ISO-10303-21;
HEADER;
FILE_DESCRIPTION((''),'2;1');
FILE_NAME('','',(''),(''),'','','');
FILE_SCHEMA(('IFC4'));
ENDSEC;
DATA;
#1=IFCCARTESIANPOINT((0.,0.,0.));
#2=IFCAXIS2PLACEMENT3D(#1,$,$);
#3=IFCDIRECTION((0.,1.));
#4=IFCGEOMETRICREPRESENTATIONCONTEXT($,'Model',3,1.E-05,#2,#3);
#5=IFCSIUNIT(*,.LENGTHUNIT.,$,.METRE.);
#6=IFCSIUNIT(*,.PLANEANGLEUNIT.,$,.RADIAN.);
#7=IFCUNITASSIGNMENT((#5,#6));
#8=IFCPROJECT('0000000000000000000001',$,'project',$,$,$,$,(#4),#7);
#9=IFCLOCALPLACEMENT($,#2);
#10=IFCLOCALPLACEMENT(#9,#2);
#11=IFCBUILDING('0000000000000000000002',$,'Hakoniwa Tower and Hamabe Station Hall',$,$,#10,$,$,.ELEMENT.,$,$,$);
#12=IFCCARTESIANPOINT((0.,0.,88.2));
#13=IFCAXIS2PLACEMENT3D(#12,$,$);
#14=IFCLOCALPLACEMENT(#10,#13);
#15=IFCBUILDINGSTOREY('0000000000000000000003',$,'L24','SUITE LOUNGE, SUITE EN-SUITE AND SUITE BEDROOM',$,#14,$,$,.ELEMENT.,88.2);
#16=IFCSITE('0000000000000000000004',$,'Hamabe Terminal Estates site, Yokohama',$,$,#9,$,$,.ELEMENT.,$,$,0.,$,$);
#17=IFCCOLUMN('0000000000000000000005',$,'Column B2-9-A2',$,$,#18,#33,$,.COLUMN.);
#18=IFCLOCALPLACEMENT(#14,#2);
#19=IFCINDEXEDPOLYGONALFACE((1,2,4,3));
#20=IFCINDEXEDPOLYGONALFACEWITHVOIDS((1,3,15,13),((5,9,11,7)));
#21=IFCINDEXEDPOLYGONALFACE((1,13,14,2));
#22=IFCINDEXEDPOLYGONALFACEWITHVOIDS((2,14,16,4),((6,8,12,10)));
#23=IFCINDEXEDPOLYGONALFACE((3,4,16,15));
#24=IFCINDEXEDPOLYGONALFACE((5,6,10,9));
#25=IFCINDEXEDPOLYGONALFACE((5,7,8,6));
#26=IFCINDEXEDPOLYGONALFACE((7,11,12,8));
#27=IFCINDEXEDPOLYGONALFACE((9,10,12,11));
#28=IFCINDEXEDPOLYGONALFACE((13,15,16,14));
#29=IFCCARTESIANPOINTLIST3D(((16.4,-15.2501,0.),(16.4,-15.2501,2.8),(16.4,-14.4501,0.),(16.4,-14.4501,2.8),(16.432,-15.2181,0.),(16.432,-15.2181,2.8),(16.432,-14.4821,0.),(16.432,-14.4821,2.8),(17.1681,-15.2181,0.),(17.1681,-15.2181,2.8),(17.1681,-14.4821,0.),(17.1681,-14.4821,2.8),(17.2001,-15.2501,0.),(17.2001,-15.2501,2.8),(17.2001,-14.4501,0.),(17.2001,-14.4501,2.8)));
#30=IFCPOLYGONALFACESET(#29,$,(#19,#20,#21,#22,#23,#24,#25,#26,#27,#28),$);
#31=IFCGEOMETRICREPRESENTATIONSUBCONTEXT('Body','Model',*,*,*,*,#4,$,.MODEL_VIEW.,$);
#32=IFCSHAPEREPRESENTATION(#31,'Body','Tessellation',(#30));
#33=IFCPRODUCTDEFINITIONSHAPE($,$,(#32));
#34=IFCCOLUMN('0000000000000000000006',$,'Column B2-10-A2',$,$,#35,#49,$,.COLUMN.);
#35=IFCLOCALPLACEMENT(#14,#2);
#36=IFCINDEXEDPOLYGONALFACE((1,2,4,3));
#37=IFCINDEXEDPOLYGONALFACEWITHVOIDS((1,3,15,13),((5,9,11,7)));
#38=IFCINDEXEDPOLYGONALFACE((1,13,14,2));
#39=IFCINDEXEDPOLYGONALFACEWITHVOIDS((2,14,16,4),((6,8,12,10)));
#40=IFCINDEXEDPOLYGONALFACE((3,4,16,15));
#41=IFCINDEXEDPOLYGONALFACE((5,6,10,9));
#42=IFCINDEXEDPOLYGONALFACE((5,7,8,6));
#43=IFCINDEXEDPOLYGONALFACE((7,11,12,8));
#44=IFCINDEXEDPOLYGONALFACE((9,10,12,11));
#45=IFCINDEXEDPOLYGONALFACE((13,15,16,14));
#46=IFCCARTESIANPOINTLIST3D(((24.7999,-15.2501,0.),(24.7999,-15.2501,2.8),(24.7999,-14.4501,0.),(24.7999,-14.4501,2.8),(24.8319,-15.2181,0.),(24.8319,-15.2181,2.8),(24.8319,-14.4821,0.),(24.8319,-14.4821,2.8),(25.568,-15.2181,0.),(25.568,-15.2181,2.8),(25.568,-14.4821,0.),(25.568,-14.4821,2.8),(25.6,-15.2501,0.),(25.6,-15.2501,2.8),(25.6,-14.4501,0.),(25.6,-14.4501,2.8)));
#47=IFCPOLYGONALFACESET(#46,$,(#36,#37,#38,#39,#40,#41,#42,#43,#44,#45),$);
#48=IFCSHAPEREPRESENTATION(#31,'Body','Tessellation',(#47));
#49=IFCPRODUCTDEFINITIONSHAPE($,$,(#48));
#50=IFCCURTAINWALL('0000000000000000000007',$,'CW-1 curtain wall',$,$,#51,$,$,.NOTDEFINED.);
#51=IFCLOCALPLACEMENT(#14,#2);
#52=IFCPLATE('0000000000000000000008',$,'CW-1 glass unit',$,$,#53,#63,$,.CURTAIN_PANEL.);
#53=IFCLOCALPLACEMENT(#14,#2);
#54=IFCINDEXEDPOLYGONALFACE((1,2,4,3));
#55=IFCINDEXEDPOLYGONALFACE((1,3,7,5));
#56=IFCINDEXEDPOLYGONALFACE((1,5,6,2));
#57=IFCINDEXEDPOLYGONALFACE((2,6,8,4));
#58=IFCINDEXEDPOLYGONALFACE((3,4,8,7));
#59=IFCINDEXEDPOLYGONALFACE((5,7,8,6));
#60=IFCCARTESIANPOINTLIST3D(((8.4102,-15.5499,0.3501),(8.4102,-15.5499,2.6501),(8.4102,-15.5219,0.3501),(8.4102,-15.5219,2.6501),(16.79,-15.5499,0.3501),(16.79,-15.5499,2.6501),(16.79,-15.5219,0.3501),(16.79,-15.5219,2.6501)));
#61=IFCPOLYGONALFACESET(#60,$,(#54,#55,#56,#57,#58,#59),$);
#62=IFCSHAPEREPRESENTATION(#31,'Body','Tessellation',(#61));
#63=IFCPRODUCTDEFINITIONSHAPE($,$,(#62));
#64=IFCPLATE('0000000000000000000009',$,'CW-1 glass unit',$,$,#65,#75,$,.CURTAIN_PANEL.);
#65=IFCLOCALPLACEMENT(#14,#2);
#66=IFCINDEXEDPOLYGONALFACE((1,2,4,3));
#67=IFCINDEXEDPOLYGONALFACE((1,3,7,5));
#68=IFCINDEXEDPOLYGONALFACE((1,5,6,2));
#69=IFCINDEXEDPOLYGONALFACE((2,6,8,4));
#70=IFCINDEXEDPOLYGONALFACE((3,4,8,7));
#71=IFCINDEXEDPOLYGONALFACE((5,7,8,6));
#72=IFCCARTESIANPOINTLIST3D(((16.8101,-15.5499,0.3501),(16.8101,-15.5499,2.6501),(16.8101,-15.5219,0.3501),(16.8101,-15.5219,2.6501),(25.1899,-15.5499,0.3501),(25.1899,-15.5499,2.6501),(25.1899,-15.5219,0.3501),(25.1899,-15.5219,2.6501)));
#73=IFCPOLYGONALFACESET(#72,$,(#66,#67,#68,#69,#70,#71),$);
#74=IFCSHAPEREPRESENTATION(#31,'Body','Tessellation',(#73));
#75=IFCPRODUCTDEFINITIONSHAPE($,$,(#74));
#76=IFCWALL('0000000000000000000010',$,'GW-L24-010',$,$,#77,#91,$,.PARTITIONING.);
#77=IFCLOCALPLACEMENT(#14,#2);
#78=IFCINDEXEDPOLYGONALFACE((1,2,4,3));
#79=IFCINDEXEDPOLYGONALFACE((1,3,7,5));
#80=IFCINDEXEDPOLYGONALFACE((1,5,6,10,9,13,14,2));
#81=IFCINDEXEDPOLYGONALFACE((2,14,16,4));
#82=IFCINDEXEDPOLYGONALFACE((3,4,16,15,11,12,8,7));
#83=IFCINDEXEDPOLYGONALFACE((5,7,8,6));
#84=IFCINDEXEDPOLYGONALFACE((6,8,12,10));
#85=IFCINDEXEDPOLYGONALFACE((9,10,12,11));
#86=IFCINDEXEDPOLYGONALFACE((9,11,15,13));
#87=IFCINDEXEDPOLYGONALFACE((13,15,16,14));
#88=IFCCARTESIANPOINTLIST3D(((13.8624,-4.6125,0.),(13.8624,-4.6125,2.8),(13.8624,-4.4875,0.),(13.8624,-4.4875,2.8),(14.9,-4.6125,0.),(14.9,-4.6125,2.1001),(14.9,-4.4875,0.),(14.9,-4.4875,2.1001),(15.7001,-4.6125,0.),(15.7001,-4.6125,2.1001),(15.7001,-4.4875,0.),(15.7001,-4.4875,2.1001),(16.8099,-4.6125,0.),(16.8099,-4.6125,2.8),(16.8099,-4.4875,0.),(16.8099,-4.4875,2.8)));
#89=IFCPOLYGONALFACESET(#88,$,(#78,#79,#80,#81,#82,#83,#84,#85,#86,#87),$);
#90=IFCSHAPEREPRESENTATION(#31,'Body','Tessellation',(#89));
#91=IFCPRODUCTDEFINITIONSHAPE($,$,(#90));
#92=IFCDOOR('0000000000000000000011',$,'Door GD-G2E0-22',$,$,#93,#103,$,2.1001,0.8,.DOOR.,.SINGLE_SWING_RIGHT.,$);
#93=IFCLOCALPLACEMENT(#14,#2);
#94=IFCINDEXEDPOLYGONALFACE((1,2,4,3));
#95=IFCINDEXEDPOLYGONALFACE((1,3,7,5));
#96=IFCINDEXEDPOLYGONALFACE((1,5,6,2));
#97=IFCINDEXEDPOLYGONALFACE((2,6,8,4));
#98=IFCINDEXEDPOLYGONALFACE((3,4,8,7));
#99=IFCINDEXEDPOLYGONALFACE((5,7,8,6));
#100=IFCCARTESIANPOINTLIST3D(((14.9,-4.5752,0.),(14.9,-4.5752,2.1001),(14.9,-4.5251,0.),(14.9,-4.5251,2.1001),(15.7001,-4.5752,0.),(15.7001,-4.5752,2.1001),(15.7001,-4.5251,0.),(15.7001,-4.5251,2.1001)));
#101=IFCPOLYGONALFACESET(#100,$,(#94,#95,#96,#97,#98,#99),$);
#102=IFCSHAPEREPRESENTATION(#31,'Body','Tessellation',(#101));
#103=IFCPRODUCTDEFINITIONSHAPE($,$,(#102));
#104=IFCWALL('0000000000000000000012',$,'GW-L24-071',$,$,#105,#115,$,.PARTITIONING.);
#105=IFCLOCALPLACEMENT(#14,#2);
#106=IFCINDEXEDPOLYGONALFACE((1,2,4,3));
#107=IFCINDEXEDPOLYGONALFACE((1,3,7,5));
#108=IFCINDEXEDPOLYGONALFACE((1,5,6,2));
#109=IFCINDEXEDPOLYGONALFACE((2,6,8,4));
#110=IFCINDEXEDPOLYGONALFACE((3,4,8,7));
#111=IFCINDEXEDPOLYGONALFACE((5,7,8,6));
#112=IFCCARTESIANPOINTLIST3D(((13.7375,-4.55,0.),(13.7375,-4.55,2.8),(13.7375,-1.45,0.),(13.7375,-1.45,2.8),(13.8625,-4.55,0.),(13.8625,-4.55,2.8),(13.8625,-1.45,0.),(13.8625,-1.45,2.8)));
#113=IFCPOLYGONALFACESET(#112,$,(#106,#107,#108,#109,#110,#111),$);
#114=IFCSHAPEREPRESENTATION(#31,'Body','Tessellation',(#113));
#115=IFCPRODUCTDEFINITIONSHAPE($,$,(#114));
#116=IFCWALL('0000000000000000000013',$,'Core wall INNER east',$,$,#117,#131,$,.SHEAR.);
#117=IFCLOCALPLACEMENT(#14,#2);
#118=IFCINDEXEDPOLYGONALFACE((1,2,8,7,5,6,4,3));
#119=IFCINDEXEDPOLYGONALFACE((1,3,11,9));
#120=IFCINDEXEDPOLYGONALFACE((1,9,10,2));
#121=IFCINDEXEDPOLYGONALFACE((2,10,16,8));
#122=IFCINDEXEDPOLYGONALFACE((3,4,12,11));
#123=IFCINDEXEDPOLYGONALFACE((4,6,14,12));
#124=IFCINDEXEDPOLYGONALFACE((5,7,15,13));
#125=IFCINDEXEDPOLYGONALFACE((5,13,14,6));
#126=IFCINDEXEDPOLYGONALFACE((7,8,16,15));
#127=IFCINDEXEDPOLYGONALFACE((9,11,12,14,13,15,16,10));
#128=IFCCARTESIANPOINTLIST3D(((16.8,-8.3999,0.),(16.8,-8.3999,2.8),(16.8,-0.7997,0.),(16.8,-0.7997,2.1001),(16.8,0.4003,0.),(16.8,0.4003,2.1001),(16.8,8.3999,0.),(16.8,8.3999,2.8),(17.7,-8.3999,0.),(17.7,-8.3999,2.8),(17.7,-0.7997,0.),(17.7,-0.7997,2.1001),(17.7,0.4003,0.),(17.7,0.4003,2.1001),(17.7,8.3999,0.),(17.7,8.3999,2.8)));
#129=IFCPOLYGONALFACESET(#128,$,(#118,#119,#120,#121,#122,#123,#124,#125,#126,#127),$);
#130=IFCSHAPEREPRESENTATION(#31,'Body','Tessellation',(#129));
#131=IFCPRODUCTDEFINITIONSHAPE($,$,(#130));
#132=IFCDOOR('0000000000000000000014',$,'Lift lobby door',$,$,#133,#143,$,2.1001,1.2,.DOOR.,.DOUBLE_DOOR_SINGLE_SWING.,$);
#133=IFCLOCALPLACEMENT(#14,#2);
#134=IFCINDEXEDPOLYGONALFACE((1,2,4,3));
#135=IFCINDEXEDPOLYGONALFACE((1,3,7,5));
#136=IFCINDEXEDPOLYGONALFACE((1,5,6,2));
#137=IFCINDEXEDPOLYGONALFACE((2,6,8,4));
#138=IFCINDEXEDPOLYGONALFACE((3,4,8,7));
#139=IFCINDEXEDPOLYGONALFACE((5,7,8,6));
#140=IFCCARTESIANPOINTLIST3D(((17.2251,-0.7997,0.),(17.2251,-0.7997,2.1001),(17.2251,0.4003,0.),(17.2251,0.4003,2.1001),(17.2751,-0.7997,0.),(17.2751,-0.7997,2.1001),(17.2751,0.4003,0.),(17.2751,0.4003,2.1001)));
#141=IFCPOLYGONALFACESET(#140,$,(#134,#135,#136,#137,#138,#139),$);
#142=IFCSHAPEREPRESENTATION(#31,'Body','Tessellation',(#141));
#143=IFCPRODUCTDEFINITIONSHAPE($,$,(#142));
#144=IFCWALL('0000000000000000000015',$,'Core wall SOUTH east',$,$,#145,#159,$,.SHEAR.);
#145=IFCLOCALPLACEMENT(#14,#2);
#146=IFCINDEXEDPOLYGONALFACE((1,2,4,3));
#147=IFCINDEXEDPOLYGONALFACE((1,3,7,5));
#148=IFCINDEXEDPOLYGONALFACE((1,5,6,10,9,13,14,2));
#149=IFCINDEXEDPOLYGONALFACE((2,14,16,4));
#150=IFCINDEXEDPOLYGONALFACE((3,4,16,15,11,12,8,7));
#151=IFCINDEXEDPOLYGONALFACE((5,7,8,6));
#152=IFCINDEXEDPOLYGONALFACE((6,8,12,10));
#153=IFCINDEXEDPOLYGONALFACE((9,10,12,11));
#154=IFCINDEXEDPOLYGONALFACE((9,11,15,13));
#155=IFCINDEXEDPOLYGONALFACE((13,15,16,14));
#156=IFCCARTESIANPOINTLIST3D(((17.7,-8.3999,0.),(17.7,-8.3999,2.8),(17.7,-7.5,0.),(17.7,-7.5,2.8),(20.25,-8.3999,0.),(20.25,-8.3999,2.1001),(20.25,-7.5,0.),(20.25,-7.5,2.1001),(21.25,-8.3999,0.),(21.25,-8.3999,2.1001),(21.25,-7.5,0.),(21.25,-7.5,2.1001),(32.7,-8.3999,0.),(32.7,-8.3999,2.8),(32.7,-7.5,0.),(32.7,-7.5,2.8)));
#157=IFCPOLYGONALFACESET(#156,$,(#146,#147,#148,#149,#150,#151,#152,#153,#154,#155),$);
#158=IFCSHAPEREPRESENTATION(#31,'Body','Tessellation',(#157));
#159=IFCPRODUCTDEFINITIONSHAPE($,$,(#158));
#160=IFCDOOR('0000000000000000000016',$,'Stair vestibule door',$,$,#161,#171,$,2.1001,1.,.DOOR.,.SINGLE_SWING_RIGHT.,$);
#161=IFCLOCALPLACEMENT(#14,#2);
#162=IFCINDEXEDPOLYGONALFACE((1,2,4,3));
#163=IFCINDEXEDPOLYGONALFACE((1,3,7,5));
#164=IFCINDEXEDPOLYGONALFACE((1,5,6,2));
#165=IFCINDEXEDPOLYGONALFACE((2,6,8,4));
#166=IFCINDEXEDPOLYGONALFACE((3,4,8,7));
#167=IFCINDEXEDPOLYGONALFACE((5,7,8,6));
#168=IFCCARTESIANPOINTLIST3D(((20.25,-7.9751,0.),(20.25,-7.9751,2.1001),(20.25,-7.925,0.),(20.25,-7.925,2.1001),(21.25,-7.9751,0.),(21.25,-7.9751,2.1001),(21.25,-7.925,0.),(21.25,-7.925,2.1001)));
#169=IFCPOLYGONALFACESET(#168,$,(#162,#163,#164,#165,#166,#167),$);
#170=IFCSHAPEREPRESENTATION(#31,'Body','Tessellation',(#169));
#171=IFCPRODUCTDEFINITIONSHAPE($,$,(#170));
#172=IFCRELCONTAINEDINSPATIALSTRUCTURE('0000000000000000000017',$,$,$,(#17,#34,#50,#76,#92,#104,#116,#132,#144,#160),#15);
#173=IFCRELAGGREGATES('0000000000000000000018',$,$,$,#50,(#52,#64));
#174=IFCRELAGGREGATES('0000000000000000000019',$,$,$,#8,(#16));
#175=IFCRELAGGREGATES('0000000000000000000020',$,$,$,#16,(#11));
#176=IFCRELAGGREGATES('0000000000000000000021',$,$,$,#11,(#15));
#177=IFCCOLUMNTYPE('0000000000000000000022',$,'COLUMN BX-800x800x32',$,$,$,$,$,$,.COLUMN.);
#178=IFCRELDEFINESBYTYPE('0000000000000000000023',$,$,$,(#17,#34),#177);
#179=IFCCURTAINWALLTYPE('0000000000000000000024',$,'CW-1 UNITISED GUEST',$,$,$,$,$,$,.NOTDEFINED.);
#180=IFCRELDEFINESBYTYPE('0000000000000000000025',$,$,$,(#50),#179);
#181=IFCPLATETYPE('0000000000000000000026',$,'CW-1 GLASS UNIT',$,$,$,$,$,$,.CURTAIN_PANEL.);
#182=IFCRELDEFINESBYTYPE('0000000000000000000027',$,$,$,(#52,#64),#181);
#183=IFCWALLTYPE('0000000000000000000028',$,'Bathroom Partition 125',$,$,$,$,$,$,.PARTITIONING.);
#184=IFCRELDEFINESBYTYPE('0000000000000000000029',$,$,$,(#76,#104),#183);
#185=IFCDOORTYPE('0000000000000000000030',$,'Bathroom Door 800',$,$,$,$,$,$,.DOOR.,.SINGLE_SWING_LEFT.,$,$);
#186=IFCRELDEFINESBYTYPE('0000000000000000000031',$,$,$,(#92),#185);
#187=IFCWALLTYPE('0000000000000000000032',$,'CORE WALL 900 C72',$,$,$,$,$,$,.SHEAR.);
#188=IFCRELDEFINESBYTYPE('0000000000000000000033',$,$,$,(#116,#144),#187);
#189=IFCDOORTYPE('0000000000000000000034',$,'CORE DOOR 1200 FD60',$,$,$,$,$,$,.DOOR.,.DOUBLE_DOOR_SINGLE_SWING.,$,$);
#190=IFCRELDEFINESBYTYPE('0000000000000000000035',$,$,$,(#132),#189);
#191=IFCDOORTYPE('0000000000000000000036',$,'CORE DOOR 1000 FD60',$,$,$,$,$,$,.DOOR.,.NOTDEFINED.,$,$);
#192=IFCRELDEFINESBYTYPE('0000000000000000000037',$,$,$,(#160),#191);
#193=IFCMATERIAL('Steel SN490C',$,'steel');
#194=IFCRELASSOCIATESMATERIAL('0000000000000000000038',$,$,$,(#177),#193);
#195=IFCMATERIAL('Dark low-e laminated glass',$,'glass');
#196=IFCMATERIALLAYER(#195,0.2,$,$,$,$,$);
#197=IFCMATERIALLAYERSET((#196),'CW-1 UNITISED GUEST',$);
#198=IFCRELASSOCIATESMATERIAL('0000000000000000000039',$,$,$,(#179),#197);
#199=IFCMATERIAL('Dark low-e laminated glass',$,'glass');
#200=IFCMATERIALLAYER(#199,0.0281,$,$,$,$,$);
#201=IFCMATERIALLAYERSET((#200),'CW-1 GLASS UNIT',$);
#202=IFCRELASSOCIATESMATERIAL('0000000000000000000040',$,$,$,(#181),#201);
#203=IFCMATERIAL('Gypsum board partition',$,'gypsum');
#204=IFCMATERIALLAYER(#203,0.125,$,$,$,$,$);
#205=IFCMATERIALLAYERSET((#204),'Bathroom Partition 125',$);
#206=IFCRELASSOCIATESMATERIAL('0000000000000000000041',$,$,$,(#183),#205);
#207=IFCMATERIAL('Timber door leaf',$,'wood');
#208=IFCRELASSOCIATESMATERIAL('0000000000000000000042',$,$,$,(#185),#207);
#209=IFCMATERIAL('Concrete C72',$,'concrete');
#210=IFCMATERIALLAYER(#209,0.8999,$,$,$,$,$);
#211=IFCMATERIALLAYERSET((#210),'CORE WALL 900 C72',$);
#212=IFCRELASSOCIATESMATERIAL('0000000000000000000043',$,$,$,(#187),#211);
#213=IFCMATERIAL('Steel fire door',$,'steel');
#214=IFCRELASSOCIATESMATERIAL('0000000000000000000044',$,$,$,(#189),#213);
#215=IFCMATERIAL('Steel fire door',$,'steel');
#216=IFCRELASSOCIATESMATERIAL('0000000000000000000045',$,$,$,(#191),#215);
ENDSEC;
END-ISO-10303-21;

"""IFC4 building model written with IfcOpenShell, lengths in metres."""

from ifc_helpers import new_model, si_unit, direction, frame, frame_2d, origin, origin_2d, place, context, subcontext, project, spatial, rectangle, hollow_rectangle, extrude, material, layer, layer_set, material_profile, profile_set, type_object, element, fill, aggregate, save


model = new_model("IFC4")

# Units and contexts
model_context = context("Model", 3, precision=1e-05, world=origin(), true_north=direction((0.0, 1.0)))
body_context = subcontext(model_context, "Body", "Model", "MODEL_VIEW")
ifc_project = project(units=[si_unit("LENGTHUNIT", "METRE"), si_unit("PLANEANGLEUNIT", "RADIAN")], contexts=[model_context])

# Site, building, storey
site_placement = place(None, origin())
site = spatial("IfcSite", under=ifc_project, at=site_placement, Name="Hamabe Terminal Estates site, Yokohama", CompositionType="ELEMENT", RefElevation=0.0)
building_placement = place(site_placement, origin())
building = spatial("IfcBuilding", under=site, at=building_placement, Name="Hakoniwa Tower and Hamabe Station Hall", CompositionType="ELEMENT")
storey_placement = place(building_placement, frame((0.0, 0.0, 88.2)))
storey = spatial("IfcBuildingStorey", under=building, at=storey_placement, Name="L24", Description="SUITE LOUNGE, SUITE EN-SUITE AND SUITE BEDROOM", CompositionType="ELEMENT", Elevation=88.2)

# Columns
ifc_material_1 = material(Name="Steel SN490C", Category="steel")
ifc_material_profile = material_profile(ifc_material_1, hollow_rectangle(XDim=0.8, YDim=0.8, WallThickness=0.032, at=origin_2d()), Name="BX-800x800x32")
ifc_profile_set = profile_set([ifc_material_profile], Name="Steel SN490C")
column_type = type_object("IfcColumnType", Name="COLUMN BX-800x800x32", PredefinedType="COLUMN", material=ifc_profile_set)
for number, where, z_axis, x_axis, name in (
    (1, (16.8, -14.8501, 0.0), (0.0, 0.0, 1.0), (1.0, 0.0, 0.0), "Column B2-9-A2"),
    (2, (25.2, -14.8501, 0.0), (0.0, 0.0, 1.0), (1.0, 0.0, 0.0), "Column B2-10-A2"),
):
    element("IfcColumn", number, at=place(storey_placement, frame(where, z_axis=z_axis, x_axis=x_axis)), inside=storey, type_object=column_type, Name=name, PredefinedType="COLUMN", context=body_context, shape_type="SweptSolid", body=[
        extrude(hollow_rectangle(XDim=0.8, YDim=0.8, WallThickness=0.032, at=origin_2d()), origin(), (0.0, 0.0, 1.0), 2.8),
    ])

# Curtain wall, plates
ifc_material_2 = material(Name="Dark low-e laminated glass", Category="glass")
ifc_layer_1 = layer(ifc_material_2, 0.2)
ifc_layer_set_1 = layer_set([ifc_layer_1], Name="CW-1 UNITISED GUEST")
curtain_wall_type = type_object("IfcCurtainWallType", Name="CW-1 UNITISED GUEST", PredefinedType="NOTDEFINED", material=ifc_layer_set_1)
curtain_wall_placement = place(storey_placement, origin())
curtain_wall = element("IfcCurtainWall", 3, at=curtain_wall_placement, inside=storey, type_object=curtain_wall_type, Name="CW-1 curtain wall", PredefinedType="NOTDEFINED")
ifc_material_3 = material(Name="Dark low-e laminated glass", Category="glass")
ifc_layer_2 = layer(ifc_material_3, 0.0281)
ifc_layer_set_2 = layer_set([ifc_layer_2], Name="CW-1 GLASS UNIT")
plate_type = type_object("IfcPlateType", Name="CW-1 GLASS UNIT", PredefinedType="CURTAIN_PANEL", material=ifc_layer_set_2)
plate_1_placement = place(storey_placement, frame((12.6001, -15.5359, 0.3501), z_axis=(0.0, 0.0, 1.0), x_axis=(1.0, 0.0, 0.0)))
plate_1 = element("IfcPlate", 4, at=plate_1_placement, type_object=plate_type, Name="CW-1 glass unit", PredefinedType="CURTAIN_PANEL", context=body_context, shape_type="SweptSolid", body=[
    extrude(rectangle(XDim=8.3799, YDim=0.0281, at=origin_2d()), origin(), (0.0, 0.0, 1.0), 2.3),
])
plate_2_placement = place(storey_placement, frame((21.0, -15.5359, 0.3501), z_axis=(0.0, 0.0, 1.0), x_axis=(1.0, 0.0, 0.0)))
plate_2 = element("IfcPlate", 5, at=plate_2_placement, type_object=plate_type, Name="CW-1 glass unit", PredefinedType="CURTAIN_PANEL", context=body_context, shape_type="SweptSolid", body=[
    extrude(rectangle(XDim=8.3799, YDim=0.0281, at=origin_2d()), origin(), (0.0, 0.0, 1.0), 2.3),
])
aggregate(curtain_wall, [plate_1, plate_2])

# Wall, opening, door
ifc_material_4 = material(Name="Gypsum board partition", Category="gypsum")
ifc_layer_3 = layer(ifc_material_4, 0.125)
ifc_layer_set_3 = layer_set([ifc_layer_3], Name="Bathroom Partition 125")
wall_type_1 = type_object("IfcWallType", Name="Bathroom Partition 125", PredefinedType="PARTITIONING", material=ifc_layer_set_3)
wall_1_placement = place(storey_placement, frame((13.8625, -4.55, 0.0), z_axis=(0.0, 0.0, 1.0), x_axis=(1.0, 0.0, 0.0)))
wall_1 = element("IfcWall", 6, at=wall_1_placement, inside=storey, type_object=wall_type_1, Name="GW-L24-010", PredefinedType="PARTITIONING", context=body_context, shape_type="SweptSolid", body=[
    extrude(rectangle(XDim=2.9475, YDim=0.125, at=frame_2d((1.4736, 0.0))), origin(), (0.0, 0.0, 1.0), 2.8),
])
opening_1_placement = place(wall_1_placement, frame((1.0376, 0.0, 0.0)))
opening_1 = element("IfcOpeningElement", 7, at=opening_1_placement, cuts=wall_1, PredefinedType="OPENING", context=body_context, shape_type="SweptSolid", body=[
    extrude(rectangle(XDim=0.8, YDim=2.1001, at=frame_2d((0.3999, 1.05))), frame((0.0, 0.0725, 0.0), z_axis=(0.0, -1.0, 0.0), x_axis=(1.0, 0.0, 0.0)), (0.0, 0.0, 1.0), 0.145),
])
ifc_material_5 = material(Name="Timber door leaf", Category="wood")
door_type_1 = type_object("IfcDoorType", Name="Bathroom Door 800", OperationType="SINGLE_SWING_LEFT", PredefinedType="DOOR", material=ifc_material_5)
door_1_placement = place(opening_1_placement, origin())
door_1 = element("IfcDoor", 8, at=door_1_placement, inside=storey, type_object=door_type_1, Name="Door GD-G2E0-22", OperationType="SINGLE_SWING_RIGHT", OverallHeight=2.1001, OverallWidth=0.8, PredefinedType="DOOR", context=body_context, shape_type="SweptSolid", body=[
    extrude(rectangle(XDim=0.8, YDim=2.1001, at=frame_2d((0.3999, 1.05))), frame((0.0, 0.0249, 0.0), z_axis=(0.0, -1.0, 0.0), x_axis=(1.0, 0.0, 0.0)), (0.0, 0.0, 1.0), 0.05),
])
fill(opening_1, door_1)

# Wall
wall_2_placement = place(storey_placement, frame((13.8, -4.55, 0.0), z_axis=(0.0, 0.0, 1.0), x_axis=(0.0, 1.0, 0.0)))
element("IfcWall", 9, at=wall_2_placement, inside=storey, type_object=wall_type_1, Name="GW-L24-071", PredefinedType="PARTITIONING", context=body_context, shape_type="SweptSolid", body=[
    extrude(rectangle(XDim=3.1001, YDim=0.125, at=frame_2d((1.55, 0.0))), origin(), (0.0, 0.0, 1.0), 2.8),
])

# Walls, openings, doors
ifc_material_6 = material(Name="Concrete C72", Category="concrete")
ifc_layer_4 = layer(ifc_material_6, 0.8999)
ifc_layer_set_4 = layer_set([ifc_layer_4], Name="CORE WALL 900 C72")
wall_type_2 = type_object("IfcWallType", Name="CORE WALL 900 C72", PredefinedType="SHEAR", material=ifc_layer_set_4)
wall_3_placement = place(storey_placement, frame((17.25, -8.3999, 0.0), z_axis=(0.0, 0.0, 1.0), x_axis=(0.0, 1.0, 0.0)))
wall_3 = element("IfcWall", 10, at=wall_3_placement, inside=storey, type_object=wall_type_2, Name="Core wall INNER east", PredefinedType="SHEAR", context=body_context, shape_type="SweptSolid", body=[
    extrude(rectangle(XDim=16.7998, YDim=0.8999, at=frame_2d((8.3999, 0.0))), origin(), (0.0, 0.0, 1.0), 2.8),
])
opening_2_placement = place(wall_3_placement, frame((7.6001, 0.0, 0.0)))
opening_2 = element("IfcOpeningElement", 11, at=opening_2_placement, cuts=wall_3, PredefinedType="OPENING", context=body_context, shape_type="SweptSolid", body=[
    extrude(rectangle(XDim=1.2, YDim=2.1001, at=frame_2d((0.6001, 1.05))), frame((0.0, 0.46, 0.0), z_axis=(0.0, -1.0, 0.0), x_axis=(1.0, 0.0, 0.0)), (0.0, 0.0, 1.0), 0.9199),
])
ifc_material_7 = material(Name="Steel fire door", Category="steel")
door_type_2 = type_object("IfcDoorType", Name="CORE DOOR 1200 FD60", OperationType="DOUBLE_DOOR_SINGLE_SWING", PredefinedType="DOOR", material=ifc_material_7)
door_2_placement = place(opening_2_placement, origin())
door_2 = element("IfcDoor", 12, at=door_2_placement, inside=storey, type_object=door_type_2, Name="Lift lobby door", OperationType="DOUBLE_DOOR_SINGLE_SWING", OverallHeight=2.1001, OverallWidth=1.2, PredefinedType="DOOR", context=body_context, shape_type="SweptSolid", body=[
    extrude(rectangle(XDim=1.2, YDim=2.1001, at=frame_2d((0.6001, 1.05))), frame((0.0, 0.0249, 0.0), z_axis=(0.0, -1.0, 0.0), x_axis=(1.0, 0.0, 0.0)), (0.0, 0.0, 1.0), 0.05),
])
fill(opening_2, door_2)
wall_4_placement = place(storey_placement, frame((17.7, -7.95, 0.0), z_axis=(0.0, 0.0, 1.0), x_axis=(1.0, 0.0, 0.0)))
wall_4 = element("IfcWall", 13, at=wall_4_placement, inside=storey, type_object=wall_type_2, Name="Core wall SOUTH east", PredefinedType="SHEAR", context=body_context, shape_type="SweptSolid", body=[
    extrude(rectangle(XDim=15.0, YDim=0.8999, at=frame_2d((7.5, 0.0))), origin(), (0.0, 0.0, 1.0), 2.8),
])
opening_3_placement = place(wall_4_placement, frame((2.55, 0.0, 0.0)))
opening_3 = element("IfcOpeningElement", 14, at=opening_3_placement, cuts=wall_4, PredefinedType="OPENING", context=body_context, shape_type="SweptSolid", body=[
    extrude(rectangle(XDim=1.0, YDim=2.1001, at=frame_2d((0.5, 1.05))), frame((0.0, 0.46, 0.0), z_axis=(0.0, -1.0, 0.0), x_axis=(1.0, 0.0, 0.0)), (0.0, 0.0, 1.0), 0.9199),
])
ifc_material_8 = material(Name="Steel fire door", Category="steel")
door_type_3 = type_object("IfcDoorType", Name="CORE DOOR 1000 FD60", OperationType="NOTDEFINED", PredefinedType="DOOR", material=ifc_material_8)
door_3_placement = place(opening_3_placement, origin())
door_3 = element("IfcDoor", 15, at=door_3_placement, inside=storey, type_object=door_type_3, Name="Stair vestibule door", OperationType="SINGLE_SWING_RIGHT", OverallHeight=2.1001, OverallWidth=1.0, PredefinedType="DOOR", context=body_context, shape_type="SweptSolid", body=[
    extrude(rectangle(XDim=1.0, YDim=2.1001, at=frame_2d((0.5, 1.05))), frame((0.0, 0.0249, 0.0), z_axis=(0.0, -1.0, 0.0), x_axis=(1.0, 0.0, 0.0)), (0.0, 0.0, 1.0), 0.05),
])
fill(opening_3, door_3)

save(model, "model.ifc")
